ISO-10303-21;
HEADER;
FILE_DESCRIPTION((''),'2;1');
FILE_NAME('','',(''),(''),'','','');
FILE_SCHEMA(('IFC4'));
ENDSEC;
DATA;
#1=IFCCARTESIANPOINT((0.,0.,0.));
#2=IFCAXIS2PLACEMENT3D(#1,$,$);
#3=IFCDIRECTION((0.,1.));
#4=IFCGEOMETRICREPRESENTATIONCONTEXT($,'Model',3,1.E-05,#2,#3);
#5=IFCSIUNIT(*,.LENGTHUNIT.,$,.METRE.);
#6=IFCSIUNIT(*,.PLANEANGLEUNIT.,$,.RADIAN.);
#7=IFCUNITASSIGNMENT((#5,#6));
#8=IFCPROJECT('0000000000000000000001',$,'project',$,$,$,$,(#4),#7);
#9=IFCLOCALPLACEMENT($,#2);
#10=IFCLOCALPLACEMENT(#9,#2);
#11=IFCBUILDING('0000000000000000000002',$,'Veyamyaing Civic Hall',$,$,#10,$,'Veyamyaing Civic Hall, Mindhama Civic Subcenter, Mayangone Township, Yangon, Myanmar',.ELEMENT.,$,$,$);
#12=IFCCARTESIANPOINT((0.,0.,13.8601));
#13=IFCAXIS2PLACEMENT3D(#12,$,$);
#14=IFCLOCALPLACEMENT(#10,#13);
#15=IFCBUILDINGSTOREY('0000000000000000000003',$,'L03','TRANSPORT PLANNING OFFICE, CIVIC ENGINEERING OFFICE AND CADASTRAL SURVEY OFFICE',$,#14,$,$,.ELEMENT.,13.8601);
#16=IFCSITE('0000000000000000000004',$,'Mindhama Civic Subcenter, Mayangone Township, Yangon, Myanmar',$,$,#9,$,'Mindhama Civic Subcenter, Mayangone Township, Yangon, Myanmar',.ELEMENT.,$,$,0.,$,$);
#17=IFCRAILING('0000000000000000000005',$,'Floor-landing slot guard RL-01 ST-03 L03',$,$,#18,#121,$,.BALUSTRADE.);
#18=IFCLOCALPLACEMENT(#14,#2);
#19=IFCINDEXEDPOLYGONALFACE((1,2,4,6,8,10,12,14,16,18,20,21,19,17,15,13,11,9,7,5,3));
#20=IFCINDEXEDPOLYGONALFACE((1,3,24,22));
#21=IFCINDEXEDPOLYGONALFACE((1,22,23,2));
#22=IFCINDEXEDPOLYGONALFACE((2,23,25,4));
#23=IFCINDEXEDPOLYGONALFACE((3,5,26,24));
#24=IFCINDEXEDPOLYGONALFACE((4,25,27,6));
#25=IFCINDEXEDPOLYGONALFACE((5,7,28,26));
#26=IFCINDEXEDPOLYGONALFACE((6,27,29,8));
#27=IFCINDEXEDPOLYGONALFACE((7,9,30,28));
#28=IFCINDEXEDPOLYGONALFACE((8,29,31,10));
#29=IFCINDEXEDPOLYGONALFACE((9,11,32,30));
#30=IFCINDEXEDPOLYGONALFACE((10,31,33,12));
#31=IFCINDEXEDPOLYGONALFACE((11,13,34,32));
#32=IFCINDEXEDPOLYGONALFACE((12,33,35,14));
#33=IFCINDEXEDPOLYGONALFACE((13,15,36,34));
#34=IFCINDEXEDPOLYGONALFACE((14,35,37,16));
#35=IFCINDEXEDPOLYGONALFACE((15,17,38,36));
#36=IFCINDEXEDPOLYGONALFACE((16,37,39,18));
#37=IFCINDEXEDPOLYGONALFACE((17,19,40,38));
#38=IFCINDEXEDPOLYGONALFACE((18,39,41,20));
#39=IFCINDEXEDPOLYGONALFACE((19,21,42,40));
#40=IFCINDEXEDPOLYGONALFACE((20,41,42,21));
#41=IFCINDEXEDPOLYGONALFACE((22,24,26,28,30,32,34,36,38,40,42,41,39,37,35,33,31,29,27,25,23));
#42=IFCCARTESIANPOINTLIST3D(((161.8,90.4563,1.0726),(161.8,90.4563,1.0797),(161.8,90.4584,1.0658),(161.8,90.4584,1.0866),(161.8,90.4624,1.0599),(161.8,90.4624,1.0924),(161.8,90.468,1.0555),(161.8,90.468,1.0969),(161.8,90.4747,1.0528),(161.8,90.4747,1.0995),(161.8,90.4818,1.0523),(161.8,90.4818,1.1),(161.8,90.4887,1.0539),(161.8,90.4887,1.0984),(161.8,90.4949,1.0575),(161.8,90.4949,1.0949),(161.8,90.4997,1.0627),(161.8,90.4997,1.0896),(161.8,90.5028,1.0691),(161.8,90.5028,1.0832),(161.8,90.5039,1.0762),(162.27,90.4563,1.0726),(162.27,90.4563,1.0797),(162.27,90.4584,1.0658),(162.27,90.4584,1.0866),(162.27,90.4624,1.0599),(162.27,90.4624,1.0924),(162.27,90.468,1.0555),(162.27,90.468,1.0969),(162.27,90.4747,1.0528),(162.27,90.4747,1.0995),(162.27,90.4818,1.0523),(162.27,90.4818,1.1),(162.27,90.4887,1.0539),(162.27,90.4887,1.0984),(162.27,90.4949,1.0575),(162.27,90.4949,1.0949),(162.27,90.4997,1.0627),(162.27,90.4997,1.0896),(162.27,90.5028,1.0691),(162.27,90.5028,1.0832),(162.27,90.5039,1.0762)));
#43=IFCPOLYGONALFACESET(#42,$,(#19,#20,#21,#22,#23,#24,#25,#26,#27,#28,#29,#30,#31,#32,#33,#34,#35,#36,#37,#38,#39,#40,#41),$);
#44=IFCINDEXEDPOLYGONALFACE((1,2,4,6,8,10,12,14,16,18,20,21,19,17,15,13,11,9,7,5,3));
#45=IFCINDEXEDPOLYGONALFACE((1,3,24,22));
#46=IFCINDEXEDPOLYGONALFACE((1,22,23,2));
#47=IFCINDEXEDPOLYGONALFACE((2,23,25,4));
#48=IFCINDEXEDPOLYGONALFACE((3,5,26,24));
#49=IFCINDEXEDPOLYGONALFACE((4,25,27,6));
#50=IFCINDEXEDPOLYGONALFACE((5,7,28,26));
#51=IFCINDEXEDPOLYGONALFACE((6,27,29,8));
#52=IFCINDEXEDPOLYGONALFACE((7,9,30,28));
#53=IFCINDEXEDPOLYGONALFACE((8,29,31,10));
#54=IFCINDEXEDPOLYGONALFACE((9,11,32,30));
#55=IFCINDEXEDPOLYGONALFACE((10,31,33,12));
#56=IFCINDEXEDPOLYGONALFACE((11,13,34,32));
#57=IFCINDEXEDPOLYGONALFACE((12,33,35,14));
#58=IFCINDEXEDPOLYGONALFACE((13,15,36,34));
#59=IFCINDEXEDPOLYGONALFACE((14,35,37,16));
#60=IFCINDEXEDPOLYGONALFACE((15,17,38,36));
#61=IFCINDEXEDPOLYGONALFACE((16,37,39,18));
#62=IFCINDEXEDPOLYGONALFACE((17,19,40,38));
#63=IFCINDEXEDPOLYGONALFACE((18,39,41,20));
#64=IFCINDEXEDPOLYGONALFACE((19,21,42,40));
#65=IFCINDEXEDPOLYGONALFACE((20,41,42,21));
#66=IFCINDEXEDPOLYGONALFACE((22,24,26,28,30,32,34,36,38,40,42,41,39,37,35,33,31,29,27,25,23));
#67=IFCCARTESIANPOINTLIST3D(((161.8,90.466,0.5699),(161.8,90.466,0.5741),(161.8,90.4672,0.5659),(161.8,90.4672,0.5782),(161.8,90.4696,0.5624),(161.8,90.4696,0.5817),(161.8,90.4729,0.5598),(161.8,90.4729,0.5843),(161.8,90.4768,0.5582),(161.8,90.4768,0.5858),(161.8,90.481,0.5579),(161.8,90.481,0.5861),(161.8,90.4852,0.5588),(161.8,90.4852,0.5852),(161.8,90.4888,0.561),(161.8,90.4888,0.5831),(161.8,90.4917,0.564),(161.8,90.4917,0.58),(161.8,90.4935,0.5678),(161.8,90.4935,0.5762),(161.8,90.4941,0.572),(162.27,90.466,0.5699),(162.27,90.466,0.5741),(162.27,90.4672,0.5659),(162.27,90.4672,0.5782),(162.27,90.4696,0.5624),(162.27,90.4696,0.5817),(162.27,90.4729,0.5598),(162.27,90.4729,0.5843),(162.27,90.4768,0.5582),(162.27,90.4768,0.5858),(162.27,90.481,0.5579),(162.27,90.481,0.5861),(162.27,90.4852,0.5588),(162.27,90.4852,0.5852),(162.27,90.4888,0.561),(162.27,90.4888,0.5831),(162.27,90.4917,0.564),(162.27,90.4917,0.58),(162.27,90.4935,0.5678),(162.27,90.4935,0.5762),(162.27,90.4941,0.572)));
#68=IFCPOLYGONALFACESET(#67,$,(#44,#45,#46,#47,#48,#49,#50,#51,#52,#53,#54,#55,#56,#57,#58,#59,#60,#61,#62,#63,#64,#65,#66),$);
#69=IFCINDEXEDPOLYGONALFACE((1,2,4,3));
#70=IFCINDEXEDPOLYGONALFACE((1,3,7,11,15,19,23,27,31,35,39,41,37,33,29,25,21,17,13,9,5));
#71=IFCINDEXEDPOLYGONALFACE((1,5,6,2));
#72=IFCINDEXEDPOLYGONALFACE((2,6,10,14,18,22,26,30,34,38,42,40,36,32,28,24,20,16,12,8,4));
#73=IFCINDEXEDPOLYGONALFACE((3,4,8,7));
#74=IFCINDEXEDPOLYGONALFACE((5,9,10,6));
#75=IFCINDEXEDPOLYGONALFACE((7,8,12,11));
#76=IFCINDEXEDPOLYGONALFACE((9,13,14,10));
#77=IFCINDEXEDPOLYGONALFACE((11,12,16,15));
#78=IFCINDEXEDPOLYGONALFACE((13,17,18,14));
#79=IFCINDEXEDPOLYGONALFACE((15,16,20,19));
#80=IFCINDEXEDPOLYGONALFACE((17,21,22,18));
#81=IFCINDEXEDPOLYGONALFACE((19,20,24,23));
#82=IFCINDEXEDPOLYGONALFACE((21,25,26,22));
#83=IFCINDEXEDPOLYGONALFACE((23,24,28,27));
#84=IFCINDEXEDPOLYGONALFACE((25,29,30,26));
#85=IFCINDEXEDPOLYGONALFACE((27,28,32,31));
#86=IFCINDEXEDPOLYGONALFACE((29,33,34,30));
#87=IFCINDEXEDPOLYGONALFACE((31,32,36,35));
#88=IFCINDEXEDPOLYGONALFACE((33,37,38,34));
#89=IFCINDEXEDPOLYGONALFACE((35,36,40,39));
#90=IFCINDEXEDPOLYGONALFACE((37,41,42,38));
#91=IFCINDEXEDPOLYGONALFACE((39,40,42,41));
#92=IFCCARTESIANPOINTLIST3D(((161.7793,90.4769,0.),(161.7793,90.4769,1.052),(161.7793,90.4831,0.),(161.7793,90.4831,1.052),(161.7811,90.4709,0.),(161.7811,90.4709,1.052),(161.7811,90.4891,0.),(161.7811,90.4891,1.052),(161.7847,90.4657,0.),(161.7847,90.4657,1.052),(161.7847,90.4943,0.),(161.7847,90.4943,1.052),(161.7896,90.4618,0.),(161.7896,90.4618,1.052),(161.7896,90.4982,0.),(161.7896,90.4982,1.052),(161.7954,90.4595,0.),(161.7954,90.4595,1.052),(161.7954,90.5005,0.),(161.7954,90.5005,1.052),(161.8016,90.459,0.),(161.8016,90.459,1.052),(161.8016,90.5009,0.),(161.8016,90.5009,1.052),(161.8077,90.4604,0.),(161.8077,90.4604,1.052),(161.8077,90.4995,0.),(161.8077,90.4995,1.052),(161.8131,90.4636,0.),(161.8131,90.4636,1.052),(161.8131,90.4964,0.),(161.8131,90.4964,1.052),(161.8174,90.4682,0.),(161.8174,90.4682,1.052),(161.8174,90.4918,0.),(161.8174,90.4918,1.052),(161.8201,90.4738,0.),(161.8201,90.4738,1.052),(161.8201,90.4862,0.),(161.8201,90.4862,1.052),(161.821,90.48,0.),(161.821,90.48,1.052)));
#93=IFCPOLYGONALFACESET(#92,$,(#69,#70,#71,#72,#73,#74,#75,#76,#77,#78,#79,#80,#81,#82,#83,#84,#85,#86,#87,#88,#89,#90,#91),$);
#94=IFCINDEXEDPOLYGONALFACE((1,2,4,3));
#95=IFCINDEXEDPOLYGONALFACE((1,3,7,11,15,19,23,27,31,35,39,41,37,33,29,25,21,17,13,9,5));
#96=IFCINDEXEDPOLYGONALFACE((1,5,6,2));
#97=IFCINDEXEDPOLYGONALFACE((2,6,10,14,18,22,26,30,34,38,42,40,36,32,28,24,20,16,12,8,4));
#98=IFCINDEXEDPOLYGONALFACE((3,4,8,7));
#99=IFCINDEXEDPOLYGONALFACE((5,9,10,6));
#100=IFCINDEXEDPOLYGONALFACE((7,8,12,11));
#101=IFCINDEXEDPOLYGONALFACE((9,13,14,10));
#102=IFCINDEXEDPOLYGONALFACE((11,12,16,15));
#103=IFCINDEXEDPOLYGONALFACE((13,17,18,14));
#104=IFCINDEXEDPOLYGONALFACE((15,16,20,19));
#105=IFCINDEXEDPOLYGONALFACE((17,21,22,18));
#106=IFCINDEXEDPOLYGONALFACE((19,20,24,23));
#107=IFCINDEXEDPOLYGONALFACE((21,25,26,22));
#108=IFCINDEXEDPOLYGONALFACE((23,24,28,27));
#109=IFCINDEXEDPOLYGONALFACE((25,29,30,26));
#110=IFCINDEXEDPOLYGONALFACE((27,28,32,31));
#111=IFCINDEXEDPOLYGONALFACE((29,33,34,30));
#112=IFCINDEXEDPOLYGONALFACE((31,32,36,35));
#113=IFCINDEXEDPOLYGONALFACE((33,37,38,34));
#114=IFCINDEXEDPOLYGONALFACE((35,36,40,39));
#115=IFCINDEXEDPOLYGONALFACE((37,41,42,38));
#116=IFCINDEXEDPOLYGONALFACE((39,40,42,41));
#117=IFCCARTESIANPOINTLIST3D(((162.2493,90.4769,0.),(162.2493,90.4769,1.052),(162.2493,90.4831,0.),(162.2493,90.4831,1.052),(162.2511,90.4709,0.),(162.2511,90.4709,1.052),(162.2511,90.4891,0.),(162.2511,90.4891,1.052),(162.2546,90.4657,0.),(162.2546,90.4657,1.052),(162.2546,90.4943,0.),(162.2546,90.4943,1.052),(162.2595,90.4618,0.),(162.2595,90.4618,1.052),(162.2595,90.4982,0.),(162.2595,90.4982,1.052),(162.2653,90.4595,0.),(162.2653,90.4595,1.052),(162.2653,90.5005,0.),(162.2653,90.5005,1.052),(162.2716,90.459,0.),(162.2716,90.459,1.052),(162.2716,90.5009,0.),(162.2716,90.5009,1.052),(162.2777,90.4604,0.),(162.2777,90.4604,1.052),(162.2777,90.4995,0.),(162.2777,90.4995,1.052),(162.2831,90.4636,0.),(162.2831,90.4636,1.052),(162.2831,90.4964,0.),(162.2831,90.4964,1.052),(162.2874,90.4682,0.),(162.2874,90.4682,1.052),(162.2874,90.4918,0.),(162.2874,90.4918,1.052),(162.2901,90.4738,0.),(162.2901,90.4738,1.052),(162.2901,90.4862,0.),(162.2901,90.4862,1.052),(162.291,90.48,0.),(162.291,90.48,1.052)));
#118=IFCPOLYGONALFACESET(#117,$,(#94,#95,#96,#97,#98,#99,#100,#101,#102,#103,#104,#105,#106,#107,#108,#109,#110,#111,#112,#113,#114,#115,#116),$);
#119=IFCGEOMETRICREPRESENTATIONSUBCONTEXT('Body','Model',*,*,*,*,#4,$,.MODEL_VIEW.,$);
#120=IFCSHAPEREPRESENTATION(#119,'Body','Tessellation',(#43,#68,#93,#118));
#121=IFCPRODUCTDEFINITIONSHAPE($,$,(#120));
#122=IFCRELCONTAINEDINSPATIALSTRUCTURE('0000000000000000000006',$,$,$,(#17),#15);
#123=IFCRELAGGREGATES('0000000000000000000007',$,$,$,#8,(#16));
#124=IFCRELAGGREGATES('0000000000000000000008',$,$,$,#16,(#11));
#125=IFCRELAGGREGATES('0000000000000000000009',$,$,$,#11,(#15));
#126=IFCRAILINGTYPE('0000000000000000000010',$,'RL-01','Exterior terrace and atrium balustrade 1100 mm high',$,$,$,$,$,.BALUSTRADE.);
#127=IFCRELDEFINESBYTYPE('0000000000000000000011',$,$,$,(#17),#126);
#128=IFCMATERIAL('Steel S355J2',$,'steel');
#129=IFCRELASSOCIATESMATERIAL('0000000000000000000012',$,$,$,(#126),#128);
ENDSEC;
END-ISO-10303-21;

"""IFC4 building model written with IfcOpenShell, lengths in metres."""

from ifc_helpers import new_model, si_unit, direction, frame, origin, origin_2d, place, context, subcontext, project, spatial, circle, extrude, material, type_object, element, save


model = new_model("IFC4")

# Units and contexts
model_context = context("Model", 3, precision=1e-05, world=origin(), true_north=direction((0.0, 1.0)))
body_context = subcontext(model_context, "Body", "Model", "MODEL_VIEW")
ifc_project = project(units=[si_unit("LENGTHUNIT", "METRE"), si_unit("PLANEANGLEUNIT", "RADIAN")], contexts=[model_context])

# Site, building, storey
site_placement = place(None, origin())
site = spatial("IfcSite", under=ifc_project, at=site_placement, Name="Mindhama Civic Subcenter, Mayangone Township, Yangon, Myanmar", LongName="Mindhama Civic Subcenter, Mayangone Township, Yangon, Myanmar", CompositionType="ELEMENT", RefElevation=0.0)
building_placement = place(site_placement, origin())
building = spatial("IfcBuilding", under=site, at=building_placement, Name="Veyamyaing Civic Hall", LongName="Veyamyaing Civic Hall, Mindhama Civic Subcenter, Mayangone Township, Yangon, Myanmar", CompositionType="ELEMENT")
storey_placement = place(building_placement, frame((0.0, 0.0, 13.8601)))
storey = spatial("IfcBuildingStorey", under=building, at=storey_placement, Name="L03", Description="TRANSPORT PLANNING OFFICE, CIVIC ENGINEERING OFFICE AND CADASTRAL SURVEY OFFICE", CompositionType="ELEMENT", Elevation=13.8601)

# Railing
ifc_material_1 = material(Name="Steel S355J2", Category="steel")
railing_type = type_object("IfcRailingType", Name="RL-01", Description="Exterior terrace and atrium balustrade 1100 mm high", PredefinedType="BALUSTRADE", material=ifc_material_1)
railing_1_placement = place(storey_placement, frame((161.8, 90.48, 0.0)))
element("IfcRailing", 1, at=railing_1_placement, inside=storey, type_object=railing_type, Name="Floor-landing slot guard RL-01 ST-03 L03", PredefinedType="BALUSTRADE", context=body_context, shape_type="SweptSolid", body=[
    extrude(circle(Radius=0.0239, at=origin_2d()), frame((0.0, 0.0, 1.0762), z_axis=(1.0, 0.0, 0.0), x_axis=(0.0, 1.0, 0.0)), (0.0, 0.0, 1.0), 0.47),
    extrude(circle(Radius=0.0142, at=origin_2d()), frame((0.0, 0.0, 0.572), z_axis=(1.0, 0.0, 0.0), x_axis=(0.0, 1.0, 0.0)), (0.0, 0.0, 1.0), 0.47),
    extrude(circle(Radius=0.021, at=origin_2d()), origin(), (0.0, 0.0, 1.0), 1.052),
    extrude(circle(Radius=0.021, at=origin_2d()), frame((0.47, 0.0, 0.0)), (0.0, 0.0, 1.0), 1.052),
])

save(model, "model.ifc")
